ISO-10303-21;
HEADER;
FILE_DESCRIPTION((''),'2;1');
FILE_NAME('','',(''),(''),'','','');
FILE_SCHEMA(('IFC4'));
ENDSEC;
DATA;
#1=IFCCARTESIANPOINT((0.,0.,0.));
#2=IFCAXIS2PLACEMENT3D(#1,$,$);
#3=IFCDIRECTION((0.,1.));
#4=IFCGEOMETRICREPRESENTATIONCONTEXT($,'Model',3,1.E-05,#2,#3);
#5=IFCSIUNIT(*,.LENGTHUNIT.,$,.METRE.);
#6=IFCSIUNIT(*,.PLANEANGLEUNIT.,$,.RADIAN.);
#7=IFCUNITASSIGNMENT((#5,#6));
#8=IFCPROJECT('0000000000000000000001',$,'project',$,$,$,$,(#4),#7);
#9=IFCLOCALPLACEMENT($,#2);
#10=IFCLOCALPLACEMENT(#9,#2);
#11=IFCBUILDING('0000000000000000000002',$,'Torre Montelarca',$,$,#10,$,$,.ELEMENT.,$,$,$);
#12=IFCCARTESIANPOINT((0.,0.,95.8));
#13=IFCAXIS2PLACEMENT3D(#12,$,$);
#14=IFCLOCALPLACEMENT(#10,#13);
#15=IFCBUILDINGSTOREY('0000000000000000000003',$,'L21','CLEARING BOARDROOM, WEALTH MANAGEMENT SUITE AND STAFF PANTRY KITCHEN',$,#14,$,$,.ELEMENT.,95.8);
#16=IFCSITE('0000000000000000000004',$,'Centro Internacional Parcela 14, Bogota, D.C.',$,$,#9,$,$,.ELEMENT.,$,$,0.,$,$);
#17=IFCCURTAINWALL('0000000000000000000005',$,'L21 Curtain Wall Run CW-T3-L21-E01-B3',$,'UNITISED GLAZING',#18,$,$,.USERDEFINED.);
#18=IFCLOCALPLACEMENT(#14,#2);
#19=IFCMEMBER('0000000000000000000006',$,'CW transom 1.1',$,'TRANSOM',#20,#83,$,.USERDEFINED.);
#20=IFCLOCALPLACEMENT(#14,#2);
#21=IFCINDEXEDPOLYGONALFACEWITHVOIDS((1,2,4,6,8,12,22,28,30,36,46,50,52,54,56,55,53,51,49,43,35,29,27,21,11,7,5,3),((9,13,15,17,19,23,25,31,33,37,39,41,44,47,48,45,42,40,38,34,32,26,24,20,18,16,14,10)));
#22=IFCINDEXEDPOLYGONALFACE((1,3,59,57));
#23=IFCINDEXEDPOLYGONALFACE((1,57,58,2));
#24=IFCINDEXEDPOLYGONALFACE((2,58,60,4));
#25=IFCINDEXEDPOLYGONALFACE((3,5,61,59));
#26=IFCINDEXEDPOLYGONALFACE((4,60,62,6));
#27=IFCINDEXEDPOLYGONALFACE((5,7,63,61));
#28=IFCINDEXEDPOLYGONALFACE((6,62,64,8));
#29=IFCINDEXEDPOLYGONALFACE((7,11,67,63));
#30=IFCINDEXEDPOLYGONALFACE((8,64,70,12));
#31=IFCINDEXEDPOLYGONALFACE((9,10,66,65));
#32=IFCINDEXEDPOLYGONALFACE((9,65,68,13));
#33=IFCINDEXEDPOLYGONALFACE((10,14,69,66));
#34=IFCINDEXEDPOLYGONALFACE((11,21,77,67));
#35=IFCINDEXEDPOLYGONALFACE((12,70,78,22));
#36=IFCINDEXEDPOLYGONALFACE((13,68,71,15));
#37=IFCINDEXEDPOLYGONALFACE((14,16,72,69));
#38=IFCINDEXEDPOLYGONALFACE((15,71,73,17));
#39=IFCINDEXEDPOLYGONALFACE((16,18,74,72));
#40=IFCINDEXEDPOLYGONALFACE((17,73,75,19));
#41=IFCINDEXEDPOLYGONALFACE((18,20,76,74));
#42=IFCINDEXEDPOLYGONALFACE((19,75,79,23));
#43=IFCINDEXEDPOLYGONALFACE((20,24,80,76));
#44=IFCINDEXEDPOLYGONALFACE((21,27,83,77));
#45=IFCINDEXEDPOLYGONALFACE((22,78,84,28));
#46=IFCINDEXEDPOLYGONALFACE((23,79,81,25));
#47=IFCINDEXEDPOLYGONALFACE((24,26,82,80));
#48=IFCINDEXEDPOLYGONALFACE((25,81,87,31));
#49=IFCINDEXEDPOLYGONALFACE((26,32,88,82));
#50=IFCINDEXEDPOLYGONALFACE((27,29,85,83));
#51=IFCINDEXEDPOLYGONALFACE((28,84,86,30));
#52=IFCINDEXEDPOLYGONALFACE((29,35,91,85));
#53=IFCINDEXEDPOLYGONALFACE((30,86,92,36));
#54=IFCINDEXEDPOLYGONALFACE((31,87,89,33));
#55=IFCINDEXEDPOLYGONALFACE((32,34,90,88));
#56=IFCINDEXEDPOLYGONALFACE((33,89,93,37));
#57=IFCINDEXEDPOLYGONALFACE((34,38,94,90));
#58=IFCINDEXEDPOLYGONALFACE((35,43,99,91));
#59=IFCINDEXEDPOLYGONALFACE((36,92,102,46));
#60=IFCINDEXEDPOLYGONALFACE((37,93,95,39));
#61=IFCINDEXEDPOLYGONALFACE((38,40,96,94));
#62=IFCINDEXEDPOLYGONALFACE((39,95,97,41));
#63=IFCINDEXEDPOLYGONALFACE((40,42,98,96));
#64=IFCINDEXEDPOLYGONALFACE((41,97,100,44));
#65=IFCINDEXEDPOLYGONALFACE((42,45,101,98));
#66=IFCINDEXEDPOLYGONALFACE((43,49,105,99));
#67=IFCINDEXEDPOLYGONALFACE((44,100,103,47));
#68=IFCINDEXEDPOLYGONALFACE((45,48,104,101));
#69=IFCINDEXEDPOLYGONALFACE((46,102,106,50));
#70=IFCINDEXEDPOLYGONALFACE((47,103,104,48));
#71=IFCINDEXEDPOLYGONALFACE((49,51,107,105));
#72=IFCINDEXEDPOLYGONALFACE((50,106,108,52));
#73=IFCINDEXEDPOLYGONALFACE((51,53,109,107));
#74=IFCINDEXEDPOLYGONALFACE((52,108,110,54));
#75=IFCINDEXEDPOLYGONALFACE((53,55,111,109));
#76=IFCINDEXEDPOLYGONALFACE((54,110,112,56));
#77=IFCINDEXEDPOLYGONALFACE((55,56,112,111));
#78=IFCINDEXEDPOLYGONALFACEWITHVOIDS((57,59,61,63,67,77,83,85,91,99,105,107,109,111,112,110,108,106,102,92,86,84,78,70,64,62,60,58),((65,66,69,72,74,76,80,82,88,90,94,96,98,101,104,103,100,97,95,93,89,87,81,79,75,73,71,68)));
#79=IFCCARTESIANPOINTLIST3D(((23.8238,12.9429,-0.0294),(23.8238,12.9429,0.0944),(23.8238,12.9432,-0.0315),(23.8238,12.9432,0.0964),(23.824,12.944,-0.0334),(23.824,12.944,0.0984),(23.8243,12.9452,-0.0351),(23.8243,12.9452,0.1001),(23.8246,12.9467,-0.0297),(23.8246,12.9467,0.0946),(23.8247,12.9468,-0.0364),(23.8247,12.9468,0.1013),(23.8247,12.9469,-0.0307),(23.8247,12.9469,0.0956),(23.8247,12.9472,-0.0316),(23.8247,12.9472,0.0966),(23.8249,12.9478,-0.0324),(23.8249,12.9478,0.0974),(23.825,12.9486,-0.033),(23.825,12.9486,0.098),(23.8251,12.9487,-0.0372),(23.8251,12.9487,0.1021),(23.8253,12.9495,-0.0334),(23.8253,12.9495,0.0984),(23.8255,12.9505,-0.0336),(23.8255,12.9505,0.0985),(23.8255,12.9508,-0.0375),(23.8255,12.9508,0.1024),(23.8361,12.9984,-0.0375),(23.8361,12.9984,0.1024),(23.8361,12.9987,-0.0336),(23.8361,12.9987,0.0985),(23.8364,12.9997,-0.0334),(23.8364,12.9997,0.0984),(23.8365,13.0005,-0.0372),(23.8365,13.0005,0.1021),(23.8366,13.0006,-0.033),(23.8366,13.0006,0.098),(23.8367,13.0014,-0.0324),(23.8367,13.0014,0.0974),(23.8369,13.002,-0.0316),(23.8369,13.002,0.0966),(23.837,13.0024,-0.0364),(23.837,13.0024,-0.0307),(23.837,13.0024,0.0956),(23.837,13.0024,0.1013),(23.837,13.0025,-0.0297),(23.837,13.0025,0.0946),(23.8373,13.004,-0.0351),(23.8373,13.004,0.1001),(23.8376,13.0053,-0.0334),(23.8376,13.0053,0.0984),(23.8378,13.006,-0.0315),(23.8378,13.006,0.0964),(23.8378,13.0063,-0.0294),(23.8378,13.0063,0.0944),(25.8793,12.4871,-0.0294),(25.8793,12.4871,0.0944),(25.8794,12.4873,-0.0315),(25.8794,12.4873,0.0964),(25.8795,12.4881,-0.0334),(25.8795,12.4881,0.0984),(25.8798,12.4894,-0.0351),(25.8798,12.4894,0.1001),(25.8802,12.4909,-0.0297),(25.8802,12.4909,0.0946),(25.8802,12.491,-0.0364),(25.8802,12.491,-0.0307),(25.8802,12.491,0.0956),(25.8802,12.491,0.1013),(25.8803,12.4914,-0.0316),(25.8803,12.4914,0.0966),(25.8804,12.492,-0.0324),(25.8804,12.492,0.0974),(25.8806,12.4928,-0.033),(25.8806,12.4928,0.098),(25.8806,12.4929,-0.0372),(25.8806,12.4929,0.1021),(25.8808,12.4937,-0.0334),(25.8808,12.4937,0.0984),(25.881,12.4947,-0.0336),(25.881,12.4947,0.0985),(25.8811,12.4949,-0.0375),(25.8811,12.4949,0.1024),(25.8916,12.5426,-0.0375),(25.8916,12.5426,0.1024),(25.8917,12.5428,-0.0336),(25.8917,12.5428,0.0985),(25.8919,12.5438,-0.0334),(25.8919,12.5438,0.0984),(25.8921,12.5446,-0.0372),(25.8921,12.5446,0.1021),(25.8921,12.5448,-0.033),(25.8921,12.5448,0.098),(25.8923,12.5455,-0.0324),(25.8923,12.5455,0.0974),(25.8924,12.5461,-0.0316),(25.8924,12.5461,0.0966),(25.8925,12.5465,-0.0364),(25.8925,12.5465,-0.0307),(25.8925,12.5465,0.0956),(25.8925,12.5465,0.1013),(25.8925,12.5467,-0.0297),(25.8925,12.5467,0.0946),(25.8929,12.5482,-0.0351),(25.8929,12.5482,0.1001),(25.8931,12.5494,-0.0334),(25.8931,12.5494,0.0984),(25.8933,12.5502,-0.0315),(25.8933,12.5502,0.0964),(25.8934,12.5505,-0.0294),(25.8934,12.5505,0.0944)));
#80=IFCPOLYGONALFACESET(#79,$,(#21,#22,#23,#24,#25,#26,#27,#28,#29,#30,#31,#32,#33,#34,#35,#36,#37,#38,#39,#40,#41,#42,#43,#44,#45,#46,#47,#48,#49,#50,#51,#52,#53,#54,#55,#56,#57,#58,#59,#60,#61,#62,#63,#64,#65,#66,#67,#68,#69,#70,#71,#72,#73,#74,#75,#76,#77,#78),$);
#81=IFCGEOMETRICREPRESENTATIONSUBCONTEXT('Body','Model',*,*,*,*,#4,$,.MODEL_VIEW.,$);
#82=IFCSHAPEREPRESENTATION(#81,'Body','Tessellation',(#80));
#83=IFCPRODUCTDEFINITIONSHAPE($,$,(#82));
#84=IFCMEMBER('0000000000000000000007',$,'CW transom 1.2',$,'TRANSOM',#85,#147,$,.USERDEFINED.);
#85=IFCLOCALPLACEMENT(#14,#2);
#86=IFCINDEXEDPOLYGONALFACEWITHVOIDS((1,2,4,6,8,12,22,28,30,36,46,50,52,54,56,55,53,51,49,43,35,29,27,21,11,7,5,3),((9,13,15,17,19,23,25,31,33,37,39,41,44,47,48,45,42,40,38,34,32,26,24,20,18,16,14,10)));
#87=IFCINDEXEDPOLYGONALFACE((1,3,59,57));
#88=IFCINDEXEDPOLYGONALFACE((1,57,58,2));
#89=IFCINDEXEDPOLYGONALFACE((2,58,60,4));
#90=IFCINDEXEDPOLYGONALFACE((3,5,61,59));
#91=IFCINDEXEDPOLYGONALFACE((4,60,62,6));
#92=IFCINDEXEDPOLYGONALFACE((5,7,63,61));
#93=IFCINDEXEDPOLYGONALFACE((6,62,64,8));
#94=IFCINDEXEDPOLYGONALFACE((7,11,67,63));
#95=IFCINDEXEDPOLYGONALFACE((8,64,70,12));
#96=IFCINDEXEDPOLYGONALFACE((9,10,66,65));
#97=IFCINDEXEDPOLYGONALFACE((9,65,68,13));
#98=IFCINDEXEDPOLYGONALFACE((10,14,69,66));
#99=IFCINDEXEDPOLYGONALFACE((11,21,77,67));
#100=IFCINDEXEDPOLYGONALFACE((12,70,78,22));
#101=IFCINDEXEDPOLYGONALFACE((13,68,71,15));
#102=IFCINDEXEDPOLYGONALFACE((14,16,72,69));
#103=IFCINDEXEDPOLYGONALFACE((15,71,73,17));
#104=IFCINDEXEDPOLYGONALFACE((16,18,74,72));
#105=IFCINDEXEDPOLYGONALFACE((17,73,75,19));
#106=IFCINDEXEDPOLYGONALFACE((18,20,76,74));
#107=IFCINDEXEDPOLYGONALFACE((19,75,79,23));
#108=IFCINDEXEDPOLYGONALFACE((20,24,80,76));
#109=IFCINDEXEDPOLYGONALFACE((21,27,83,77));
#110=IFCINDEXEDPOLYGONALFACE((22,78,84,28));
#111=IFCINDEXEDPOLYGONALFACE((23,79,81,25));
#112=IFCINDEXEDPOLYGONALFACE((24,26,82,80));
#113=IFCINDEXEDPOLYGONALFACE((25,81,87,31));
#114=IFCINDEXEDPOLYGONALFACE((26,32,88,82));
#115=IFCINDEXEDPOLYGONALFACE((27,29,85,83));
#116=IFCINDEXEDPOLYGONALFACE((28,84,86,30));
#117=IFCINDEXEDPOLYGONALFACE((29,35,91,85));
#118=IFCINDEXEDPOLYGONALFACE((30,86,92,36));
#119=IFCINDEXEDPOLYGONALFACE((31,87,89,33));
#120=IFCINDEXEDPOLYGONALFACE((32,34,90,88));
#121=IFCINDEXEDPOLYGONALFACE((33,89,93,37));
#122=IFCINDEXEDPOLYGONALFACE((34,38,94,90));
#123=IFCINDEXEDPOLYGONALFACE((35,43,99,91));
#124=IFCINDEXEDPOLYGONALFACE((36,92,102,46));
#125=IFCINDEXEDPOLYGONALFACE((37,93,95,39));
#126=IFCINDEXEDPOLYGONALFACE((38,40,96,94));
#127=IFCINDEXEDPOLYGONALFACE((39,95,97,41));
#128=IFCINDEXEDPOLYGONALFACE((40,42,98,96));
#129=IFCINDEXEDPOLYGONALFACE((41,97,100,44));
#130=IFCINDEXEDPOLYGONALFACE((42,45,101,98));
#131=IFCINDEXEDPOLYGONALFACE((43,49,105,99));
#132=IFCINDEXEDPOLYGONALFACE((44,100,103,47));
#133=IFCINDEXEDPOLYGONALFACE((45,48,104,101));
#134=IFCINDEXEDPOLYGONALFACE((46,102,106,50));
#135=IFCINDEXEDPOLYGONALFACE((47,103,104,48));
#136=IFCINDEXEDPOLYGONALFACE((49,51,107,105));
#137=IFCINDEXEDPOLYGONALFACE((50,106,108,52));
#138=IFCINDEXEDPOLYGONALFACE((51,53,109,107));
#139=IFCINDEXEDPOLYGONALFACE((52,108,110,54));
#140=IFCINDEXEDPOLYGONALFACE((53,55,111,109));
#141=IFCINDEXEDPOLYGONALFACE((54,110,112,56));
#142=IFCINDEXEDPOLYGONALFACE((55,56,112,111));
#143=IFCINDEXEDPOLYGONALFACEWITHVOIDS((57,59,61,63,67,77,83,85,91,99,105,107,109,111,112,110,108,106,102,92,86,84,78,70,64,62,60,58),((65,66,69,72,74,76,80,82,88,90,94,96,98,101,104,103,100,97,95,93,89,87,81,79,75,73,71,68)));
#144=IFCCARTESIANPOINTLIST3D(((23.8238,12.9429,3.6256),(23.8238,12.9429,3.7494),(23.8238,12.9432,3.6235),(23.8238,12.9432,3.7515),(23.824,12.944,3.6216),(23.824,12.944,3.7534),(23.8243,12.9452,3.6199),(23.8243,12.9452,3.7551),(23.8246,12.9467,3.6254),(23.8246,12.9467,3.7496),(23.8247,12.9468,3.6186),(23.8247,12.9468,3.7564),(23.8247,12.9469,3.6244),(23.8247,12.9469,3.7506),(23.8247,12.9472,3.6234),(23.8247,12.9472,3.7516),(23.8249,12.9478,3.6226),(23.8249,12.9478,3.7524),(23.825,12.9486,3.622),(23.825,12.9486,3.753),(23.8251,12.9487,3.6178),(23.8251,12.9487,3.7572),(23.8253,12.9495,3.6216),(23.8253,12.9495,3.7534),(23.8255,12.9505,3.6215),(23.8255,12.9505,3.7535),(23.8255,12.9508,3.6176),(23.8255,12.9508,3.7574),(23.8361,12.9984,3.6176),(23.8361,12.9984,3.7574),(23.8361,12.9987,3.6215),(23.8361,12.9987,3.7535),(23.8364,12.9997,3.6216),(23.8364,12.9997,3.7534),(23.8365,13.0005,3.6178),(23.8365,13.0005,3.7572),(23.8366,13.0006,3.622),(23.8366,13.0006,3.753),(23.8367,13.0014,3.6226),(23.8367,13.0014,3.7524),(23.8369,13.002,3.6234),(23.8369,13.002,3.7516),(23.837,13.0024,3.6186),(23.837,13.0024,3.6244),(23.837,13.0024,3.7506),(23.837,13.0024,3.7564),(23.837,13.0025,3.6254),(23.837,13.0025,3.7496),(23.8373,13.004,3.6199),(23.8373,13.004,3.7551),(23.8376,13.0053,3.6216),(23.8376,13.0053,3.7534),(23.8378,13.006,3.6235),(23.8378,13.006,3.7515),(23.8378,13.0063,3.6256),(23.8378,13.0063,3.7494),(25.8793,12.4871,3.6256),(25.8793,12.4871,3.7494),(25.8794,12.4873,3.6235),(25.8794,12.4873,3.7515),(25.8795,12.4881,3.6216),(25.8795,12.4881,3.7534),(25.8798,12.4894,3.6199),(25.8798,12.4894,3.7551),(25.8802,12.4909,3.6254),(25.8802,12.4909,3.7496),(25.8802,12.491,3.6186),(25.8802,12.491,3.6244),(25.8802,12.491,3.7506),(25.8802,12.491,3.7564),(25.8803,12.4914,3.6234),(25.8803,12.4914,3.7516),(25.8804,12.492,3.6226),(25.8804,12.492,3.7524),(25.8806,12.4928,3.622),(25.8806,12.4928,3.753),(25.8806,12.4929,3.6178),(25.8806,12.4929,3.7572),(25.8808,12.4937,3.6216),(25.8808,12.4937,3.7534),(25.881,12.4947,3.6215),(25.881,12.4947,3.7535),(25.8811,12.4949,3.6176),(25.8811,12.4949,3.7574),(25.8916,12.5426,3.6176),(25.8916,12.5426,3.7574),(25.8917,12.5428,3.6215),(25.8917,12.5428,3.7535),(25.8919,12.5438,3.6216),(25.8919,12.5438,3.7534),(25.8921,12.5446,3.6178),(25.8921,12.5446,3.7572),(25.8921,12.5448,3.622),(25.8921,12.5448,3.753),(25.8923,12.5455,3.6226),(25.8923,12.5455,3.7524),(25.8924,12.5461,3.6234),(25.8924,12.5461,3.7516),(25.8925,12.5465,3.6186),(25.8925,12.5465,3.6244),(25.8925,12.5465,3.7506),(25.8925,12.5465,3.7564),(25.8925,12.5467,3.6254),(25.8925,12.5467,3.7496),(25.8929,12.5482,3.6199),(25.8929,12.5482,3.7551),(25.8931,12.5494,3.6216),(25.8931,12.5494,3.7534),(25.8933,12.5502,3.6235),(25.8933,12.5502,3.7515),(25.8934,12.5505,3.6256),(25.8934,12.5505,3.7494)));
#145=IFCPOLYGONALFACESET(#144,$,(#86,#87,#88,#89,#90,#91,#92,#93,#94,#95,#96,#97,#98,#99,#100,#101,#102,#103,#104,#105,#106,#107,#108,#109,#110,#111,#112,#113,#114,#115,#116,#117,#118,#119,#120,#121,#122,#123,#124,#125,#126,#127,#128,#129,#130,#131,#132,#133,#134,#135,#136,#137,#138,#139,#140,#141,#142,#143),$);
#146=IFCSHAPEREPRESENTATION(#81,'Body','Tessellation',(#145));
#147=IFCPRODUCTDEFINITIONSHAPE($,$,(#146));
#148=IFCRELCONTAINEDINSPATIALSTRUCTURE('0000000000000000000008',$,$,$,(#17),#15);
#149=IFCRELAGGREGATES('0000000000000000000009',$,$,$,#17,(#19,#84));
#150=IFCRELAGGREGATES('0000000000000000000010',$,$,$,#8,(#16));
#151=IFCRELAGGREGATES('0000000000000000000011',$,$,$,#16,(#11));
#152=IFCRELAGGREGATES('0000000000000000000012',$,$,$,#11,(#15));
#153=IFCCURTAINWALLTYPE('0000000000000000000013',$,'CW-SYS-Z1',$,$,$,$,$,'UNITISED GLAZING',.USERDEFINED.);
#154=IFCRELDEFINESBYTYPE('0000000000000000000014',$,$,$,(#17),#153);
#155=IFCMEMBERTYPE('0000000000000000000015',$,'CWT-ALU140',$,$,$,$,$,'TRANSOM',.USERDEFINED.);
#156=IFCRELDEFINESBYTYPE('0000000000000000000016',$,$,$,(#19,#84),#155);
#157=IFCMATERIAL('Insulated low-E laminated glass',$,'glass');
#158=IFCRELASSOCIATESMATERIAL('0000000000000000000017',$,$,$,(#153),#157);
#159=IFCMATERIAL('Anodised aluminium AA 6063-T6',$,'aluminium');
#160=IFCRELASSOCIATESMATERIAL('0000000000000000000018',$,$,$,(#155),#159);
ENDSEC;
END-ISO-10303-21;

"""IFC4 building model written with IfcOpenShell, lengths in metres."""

from ifc_helpers import new_model, si_unit, direction, frame, origin, origin_2d, place, context, subcontext, project, spatial, hollow_rectangle, extrude, source, transform, mapped, material, material_profile, profile_set, type_object, element, aggregate, save


model = new_model("IFC4")

# Units and contexts
model_context = context("Model", 3, precision=1e-05, world=origin(), true_north=direction((0.0, 1.0)))
body_context = subcontext(model_context, "Body", "Model", "MODEL_VIEW")
ifc_project = project(units=[si_unit("LENGTHUNIT", "METRE"), si_unit("PLANEANGLEUNIT", "RADIAN")], contexts=[model_context])

# Site, building, storey
site_placement = place(None, origin())
site = spatial("IfcSite", under=ifc_project, at=site_placement, Name="Centro Internacional Parcela 14, Bogota, D.C.", CompositionType="ELEMENT", RefElevation=0.0)
building_placement = place(site_placement, origin())
building = spatial("IfcBuilding", under=site, at=building_placement, Name="Torre Montelarca", CompositionType="ELEMENT")
storey_placement = place(building_placement, frame((0.0, 0.0, 95.8)))
storey = spatial("IfcBuildingStorey", under=building, at=storey_placement, Name="L21", Description="CLEARING BOARDROOM, WEALTH MANAGEMENT SUITE AND STAFF PANTRY KITCHEN", CompositionType="ELEMENT", Elevation=95.8)

# Shared definitions
ifc_material_1 = material(Name="Insulated low-E laminated glass", Category="glass")
curtain_wall_type = type_object("IfcCurtainWallType", Name="CW-SYS-Z1", ElementType="UNITISED GLAZING", PredefinedType="USERDEFINED", material=ifc_material_1)
ifc_material_2 = material(Name="Anodised aluminium AA 6063-T6", Category="aluminium")
ifc_material_profile_1 = material_profile(ifc_material_2, hollow_rectangle(XDim=0.0649, YDim=0.1399, WallThickness=0.0039, InnerFilletRadius=0.0039, OuterFilletRadius=0.0081, at=origin_2d()), Name="ALU65X140X4", Category="aluminium")
ifc_profile_set_1 = profile_set([ifc_material_profile_1], Name="Anodised aluminium AA 6063-T6")
member_type_1 = type_object("IfcMemberType", Name="CWT-ALU140", ElementType="TRANSOM", PredefinedType="USERDEFINED", material=ifc_profile_set_1)

# Curtain wall, members
curtain_wall_1_placement = place(storey_placement, origin())
curtain_wall_1 = element("IfcCurtainWall", 1, at=curtain_wall_1_placement, inside=storey, type_object=curtain_wall_type, Name="L21 Curtain Wall Run CW-T3-L21-E01-B3", ObjectType="UNITISED GLAZING", PredefinedType="USERDEFINED")
shared_shape_1 = source(origin(), body_context, "Body", "SweptSolid", [
    extrude(hollow_rectangle(XDim=0.0649, YDim=0.1399, WallThickness=0.0039, InnerFilletRadius=0.0039, OuterFilletRadius=0.0081, at=origin_2d()), origin(), (0.0, 0.0, 1.0), 2.1055),
])
member_1_placement = place(storey_placement, frame((23.8308, 12.9746, 0.0325), z_axis=(0.976282, -0.216501, 0.0), x_axis=(0.216501, 0.976282, 0.0)))
member_1 = element("IfcMember", 2, at=member_1_placement, type_object=member_type_1, Name="CW transom 1.1", ObjectType="TRANSOM", PredefinedType="USERDEFINED", context=body_context, shape_type="MappedRepresentation", body=[
    mapped(shared_shape_1, transform((0.0, 0.0, 0.0), scale=1.0)),
])
member_2_placement = place(storey_placement, frame((23.8308, 12.9746, 3.6875), z_axis=(0.976282, -0.216501, 0.0), x_axis=(0.216501, 0.976282, 0.0)))
member_2 = element("IfcMember", 3, at=member_2_placement, type_object=member_type_1, Name="CW transom 1.2", ObjectType="TRANSOM", PredefinedType="USERDEFINED", context=body_context, shape_type="MappedRepresentation", body=[
    mapped(shared_shape_1, transform((0.0, 0.0, 0.0), scale=1.0)),
])

aggregate(curtain_wall_1, [member_1, member_2])

save(model, "model.ifc")
